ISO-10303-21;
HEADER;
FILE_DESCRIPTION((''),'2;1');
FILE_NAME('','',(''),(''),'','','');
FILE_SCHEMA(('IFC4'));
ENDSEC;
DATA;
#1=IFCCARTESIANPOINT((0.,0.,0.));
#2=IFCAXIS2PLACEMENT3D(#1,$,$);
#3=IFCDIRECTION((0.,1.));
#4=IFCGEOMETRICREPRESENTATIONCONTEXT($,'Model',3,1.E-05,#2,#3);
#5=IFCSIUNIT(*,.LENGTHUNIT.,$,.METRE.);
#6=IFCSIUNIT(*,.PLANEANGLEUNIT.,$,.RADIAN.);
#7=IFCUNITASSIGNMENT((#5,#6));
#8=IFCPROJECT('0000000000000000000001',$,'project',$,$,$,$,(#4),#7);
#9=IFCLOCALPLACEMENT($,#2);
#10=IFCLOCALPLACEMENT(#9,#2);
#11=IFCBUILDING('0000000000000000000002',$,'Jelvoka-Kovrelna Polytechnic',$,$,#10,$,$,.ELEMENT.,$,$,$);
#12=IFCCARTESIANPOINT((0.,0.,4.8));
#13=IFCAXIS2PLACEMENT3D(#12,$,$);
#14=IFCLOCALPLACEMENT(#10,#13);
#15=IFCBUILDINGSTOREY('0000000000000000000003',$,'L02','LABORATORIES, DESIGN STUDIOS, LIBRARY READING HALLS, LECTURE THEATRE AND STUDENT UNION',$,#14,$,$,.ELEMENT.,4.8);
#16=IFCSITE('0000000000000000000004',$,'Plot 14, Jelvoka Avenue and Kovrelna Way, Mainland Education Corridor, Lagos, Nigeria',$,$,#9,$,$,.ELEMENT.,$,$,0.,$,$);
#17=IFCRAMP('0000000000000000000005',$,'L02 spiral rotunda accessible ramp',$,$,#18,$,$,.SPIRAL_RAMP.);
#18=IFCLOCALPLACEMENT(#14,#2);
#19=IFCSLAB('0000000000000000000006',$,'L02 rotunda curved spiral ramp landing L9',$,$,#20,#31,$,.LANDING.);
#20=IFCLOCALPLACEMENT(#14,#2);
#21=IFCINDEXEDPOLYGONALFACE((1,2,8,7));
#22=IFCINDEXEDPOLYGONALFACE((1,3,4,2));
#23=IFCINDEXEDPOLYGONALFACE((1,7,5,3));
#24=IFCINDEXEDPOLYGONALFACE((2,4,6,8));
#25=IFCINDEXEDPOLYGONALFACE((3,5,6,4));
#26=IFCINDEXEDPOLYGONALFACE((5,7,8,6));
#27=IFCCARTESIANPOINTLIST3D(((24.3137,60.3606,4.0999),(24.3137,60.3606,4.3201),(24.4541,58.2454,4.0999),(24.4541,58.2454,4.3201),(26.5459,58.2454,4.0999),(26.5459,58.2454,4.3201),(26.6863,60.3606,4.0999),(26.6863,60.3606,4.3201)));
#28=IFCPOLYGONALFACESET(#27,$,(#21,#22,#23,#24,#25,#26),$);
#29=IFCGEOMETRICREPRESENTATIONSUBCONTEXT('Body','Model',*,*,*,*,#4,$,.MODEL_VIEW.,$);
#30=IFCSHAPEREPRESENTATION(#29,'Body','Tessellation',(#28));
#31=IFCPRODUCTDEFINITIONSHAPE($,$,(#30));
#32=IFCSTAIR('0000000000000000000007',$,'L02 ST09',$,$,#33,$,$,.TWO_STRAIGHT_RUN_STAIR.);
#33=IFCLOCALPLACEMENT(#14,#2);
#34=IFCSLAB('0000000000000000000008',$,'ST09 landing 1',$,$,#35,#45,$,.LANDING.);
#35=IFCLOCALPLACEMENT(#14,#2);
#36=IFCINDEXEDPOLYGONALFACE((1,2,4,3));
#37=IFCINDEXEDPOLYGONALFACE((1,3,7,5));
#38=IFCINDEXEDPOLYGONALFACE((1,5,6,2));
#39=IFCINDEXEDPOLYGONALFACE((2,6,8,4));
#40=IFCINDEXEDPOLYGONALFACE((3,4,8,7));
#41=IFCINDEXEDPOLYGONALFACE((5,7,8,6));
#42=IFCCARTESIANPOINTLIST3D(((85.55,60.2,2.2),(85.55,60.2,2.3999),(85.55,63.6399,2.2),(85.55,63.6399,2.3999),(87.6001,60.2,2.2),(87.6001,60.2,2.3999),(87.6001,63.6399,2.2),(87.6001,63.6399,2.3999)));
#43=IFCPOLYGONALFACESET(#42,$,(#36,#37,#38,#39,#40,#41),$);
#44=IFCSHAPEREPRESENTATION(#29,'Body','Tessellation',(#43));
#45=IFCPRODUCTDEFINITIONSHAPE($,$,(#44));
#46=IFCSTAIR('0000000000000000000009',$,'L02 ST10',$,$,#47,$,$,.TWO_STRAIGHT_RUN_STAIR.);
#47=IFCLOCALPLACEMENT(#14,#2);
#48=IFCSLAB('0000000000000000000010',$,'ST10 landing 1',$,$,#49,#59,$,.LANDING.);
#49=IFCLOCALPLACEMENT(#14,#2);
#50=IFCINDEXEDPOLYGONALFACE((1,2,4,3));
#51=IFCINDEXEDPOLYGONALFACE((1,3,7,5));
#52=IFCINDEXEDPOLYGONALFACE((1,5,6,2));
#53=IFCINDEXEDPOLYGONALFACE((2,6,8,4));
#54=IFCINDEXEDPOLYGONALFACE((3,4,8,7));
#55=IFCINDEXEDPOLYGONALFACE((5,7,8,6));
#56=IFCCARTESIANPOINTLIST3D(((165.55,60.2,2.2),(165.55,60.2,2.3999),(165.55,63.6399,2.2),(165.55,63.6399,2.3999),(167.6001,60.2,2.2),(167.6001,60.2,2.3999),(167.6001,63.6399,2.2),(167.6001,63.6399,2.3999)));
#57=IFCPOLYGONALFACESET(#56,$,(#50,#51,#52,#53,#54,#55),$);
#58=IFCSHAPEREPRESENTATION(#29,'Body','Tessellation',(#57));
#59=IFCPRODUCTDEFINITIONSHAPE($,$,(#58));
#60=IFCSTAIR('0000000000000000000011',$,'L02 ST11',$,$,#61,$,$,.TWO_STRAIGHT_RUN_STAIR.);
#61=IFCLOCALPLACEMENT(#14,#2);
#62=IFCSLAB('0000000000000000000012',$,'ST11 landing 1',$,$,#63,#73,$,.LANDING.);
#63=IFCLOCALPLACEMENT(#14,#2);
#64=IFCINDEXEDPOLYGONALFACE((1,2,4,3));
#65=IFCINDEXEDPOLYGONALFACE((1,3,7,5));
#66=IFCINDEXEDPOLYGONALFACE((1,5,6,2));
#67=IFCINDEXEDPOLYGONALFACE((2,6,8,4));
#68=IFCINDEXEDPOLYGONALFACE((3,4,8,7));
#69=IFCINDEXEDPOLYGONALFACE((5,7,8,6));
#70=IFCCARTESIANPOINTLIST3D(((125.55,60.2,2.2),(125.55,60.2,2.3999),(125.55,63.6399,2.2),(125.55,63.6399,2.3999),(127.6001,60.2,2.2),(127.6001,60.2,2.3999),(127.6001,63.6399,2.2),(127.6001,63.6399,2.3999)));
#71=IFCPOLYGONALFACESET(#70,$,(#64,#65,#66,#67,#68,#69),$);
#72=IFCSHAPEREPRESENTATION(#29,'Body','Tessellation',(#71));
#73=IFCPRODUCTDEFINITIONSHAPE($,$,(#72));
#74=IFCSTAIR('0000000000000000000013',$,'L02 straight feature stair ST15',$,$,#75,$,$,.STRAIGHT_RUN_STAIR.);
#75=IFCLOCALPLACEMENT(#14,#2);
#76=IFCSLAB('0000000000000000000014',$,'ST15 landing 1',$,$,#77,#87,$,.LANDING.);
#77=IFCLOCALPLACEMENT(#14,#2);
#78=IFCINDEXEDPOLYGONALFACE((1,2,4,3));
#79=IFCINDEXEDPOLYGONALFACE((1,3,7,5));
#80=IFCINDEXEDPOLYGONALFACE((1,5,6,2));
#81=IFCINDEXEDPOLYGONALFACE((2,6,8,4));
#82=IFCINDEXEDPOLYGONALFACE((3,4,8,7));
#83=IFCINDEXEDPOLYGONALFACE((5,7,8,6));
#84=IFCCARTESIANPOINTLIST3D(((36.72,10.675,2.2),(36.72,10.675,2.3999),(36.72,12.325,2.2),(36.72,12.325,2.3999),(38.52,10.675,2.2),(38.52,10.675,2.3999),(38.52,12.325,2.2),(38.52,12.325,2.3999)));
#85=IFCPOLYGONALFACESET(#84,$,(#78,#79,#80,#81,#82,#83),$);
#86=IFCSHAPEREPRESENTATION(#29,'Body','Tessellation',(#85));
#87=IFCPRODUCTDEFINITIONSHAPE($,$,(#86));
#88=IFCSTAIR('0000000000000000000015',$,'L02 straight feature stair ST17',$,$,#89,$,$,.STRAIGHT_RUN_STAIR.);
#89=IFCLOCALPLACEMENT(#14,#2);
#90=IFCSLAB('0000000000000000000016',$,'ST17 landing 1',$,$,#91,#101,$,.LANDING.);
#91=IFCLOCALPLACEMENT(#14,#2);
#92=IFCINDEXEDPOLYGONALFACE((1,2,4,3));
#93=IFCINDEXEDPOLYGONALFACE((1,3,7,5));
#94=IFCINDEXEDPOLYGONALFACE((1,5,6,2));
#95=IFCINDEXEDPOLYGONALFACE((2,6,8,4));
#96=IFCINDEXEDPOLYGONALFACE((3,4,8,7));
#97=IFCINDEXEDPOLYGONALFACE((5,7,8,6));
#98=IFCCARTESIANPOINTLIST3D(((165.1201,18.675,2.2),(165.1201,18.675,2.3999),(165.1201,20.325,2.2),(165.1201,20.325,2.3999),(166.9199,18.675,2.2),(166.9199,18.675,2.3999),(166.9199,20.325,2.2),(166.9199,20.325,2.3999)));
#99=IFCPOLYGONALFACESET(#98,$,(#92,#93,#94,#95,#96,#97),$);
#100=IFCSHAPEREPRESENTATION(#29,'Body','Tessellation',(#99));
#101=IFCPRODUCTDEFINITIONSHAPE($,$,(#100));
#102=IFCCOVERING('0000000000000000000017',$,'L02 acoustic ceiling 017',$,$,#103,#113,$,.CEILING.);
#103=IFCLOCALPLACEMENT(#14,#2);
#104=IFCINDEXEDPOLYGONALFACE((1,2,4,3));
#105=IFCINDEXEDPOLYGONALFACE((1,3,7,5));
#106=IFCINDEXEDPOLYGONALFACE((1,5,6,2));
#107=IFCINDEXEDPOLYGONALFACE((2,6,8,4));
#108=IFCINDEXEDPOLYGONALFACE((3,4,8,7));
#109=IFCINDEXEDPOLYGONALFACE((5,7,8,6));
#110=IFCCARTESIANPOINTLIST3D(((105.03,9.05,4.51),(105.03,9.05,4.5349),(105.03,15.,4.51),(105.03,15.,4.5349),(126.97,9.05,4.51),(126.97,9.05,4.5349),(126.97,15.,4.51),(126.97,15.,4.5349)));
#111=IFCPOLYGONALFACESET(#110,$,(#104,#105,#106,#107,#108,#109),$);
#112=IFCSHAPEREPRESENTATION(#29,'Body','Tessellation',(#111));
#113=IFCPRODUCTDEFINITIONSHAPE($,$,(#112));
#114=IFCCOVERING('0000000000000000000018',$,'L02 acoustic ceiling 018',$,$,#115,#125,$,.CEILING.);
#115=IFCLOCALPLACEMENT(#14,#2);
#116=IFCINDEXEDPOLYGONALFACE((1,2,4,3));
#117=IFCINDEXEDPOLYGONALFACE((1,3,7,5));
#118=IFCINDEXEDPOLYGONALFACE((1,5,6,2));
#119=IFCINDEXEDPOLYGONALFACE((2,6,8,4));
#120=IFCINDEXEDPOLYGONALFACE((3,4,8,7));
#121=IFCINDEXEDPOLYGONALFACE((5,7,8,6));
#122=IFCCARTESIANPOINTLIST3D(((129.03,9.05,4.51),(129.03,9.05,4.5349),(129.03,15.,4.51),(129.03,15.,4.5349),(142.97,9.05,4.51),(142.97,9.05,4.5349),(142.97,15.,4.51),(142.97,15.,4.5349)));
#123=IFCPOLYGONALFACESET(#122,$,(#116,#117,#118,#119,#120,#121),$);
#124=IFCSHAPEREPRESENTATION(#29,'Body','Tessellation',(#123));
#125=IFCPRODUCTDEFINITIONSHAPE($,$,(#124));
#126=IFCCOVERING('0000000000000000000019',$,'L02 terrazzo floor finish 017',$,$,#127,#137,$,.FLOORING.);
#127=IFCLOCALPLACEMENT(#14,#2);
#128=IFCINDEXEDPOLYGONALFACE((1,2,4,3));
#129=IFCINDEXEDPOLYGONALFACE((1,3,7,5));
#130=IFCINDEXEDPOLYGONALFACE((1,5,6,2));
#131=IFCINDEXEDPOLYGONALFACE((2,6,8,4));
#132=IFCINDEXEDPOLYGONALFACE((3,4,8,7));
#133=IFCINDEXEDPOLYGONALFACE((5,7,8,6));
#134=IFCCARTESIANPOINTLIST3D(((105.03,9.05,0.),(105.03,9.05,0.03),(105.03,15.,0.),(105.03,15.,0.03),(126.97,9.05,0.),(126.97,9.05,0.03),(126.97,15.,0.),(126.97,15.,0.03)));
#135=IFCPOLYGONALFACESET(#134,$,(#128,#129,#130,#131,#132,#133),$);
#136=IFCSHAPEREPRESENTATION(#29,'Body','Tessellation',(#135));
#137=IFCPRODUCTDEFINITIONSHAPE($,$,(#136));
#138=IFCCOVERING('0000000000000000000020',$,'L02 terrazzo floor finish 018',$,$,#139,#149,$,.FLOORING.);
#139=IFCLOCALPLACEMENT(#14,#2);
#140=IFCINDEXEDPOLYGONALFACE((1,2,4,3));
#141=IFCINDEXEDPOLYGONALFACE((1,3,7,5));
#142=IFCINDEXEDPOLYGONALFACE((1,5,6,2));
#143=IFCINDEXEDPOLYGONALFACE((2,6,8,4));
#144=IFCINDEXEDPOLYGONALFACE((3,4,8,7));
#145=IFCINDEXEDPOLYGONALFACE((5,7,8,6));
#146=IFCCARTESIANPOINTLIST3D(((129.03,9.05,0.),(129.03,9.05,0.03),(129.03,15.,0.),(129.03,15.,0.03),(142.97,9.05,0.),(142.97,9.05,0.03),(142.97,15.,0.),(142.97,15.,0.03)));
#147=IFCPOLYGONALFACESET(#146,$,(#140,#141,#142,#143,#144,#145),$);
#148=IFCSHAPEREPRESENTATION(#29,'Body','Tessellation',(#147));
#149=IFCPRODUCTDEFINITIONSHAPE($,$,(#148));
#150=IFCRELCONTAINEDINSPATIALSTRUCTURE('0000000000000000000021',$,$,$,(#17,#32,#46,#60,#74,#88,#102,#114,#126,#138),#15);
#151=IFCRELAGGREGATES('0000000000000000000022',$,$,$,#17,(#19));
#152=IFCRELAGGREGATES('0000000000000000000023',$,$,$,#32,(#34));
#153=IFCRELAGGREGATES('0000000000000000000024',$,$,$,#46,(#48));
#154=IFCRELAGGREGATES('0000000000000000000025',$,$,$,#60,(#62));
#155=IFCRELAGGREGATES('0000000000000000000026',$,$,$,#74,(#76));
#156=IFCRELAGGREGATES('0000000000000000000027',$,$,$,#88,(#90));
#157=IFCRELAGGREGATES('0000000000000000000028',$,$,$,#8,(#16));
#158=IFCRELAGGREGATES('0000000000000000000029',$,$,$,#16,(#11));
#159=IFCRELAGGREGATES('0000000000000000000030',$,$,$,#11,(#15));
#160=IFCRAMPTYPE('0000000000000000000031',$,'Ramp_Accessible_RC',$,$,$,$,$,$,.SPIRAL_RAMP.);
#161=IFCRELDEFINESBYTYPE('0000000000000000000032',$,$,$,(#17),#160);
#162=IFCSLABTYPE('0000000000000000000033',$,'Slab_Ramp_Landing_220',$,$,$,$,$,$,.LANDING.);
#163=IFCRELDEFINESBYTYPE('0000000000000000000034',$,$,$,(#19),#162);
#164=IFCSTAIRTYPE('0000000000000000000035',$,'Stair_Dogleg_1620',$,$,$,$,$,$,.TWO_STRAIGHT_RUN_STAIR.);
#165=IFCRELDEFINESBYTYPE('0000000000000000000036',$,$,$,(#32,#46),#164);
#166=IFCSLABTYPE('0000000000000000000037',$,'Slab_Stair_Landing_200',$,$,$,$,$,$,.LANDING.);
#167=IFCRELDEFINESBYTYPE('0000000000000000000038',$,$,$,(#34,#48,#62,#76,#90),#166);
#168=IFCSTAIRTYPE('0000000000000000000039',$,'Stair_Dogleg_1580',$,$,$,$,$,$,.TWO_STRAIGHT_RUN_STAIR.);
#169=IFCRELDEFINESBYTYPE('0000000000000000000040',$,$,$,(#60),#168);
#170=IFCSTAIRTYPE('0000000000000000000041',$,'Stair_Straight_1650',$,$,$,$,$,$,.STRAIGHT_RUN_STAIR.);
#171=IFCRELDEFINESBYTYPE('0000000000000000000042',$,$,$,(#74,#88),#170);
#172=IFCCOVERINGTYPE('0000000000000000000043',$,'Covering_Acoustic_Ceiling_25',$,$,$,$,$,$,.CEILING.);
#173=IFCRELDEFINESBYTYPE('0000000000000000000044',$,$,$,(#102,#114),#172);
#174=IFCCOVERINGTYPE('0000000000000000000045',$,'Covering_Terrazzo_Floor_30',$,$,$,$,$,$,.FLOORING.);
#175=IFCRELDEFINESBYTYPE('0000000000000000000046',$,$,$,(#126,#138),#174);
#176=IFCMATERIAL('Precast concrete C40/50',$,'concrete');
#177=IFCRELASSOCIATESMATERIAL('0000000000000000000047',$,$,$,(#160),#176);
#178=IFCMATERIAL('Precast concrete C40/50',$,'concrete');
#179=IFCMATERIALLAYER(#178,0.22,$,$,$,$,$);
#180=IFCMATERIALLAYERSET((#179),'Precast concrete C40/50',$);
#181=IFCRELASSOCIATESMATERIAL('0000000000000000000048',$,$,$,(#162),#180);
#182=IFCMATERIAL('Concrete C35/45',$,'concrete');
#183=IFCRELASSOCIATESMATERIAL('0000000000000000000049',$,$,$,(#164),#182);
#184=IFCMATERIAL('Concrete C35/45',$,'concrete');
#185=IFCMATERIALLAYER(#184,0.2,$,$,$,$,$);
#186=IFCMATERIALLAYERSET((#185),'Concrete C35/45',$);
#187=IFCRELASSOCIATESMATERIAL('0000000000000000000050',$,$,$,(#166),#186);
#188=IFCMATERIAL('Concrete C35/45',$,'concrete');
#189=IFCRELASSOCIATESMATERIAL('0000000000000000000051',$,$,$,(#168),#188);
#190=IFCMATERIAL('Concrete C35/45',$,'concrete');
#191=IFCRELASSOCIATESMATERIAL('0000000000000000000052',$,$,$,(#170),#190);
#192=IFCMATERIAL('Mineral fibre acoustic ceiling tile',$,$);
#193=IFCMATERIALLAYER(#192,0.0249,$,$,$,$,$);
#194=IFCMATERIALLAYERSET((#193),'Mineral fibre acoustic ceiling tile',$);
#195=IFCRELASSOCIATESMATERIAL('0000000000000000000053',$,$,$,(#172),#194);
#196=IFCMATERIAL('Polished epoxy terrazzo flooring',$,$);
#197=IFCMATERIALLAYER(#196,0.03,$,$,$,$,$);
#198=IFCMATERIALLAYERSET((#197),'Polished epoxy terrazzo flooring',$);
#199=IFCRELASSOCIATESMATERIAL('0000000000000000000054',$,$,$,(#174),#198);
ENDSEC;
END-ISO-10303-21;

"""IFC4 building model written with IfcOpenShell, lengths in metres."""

from ifc_helpers import new_model, si_unit, direction, frame, origin, place, context, subcontext, project, spatial, polyline, outline, extrude, material, layer, layer_set, type_object, element, aggregate, save


model = new_model("IFC4")

# Units and contexts
model_context = context("Model", 3, precision=1e-05, world=origin(), true_north=direction((0.0, 1.0)))
body_context = subcontext(model_context, "Body", "Model", "MODEL_VIEW")
ifc_project = project(units=[si_unit("LENGTHUNIT", "METRE"), si_unit("PLANEANGLEUNIT", "RADIAN")], contexts=[model_context])

# Site, building, storey
site_placement = place(None, origin())
site = spatial("IfcSite", under=ifc_project, at=site_placement, Name="Plot 14, Jelvoka Avenue and Kovrelna Way, Mainland Education Corridor, Lagos, Nigeria", CompositionType="ELEMENT", RefElevation=0.0)
building_placement = place(site_placement, origin())
building = spatial("IfcBuilding", under=site, at=building_placement, Name="Jelvoka-Kovrelna Polytechnic", CompositionType="ELEMENT")
storey_placement = place(building_placement, frame((0.0, 0.0, 4.8)))
storey = spatial("IfcBuildingStorey", under=building, at=storey_placement, Name="L02", Description="LABORATORIES, DESIGN STUDIOS, LIBRARY READING HALLS, LECTURE THEATRE AND STUDENT UNION", CompositionType="ELEMENT", Elevation=4.8)

# Ramp, slab
ifc_material_1 = material(Name="Precast concrete C40/50", Category="concrete")
ramp_type = type_object("IfcRampType", Name="Ramp_Accessible_RC", PredefinedType="SPIRAL_RAMP", material=ifc_material_1)
ramp_placement = place(storey_placement, origin())
ramp = element("IfcRamp", 1, at=ramp_placement, inside=storey, type_object=ramp_type, Name="L02 spiral rotunda accessible ramp", PredefinedType="SPIRAL_RAMP")
ifc_material_2 = material(Name="Precast concrete C40/50", Category="concrete")
ifc_layer_1 = layer(ifc_material_2, 0.22)
ifc_layer_set_1 = layer_set([ifc_layer_1], Name="Precast concrete C40/50")
slab_type_1 = type_object("IfcSlabType", Name="Slab_Ramp_Landing_220", PredefinedType="LANDING", material=ifc_layer_set_1)
slab_1_placement = place(storey_placement, frame((0.0, 0.0, 4.0999)))
slab_1 = element("IfcSlab", 2, at=slab_1_placement, type_object=slab_type_1, Name="L02 rotunda curved spiral ramp landing L9", PredefinedType="LANDING", context=body_context, shape_type="SweptSolid", body=[
    extrude(outline(polyline([(26.5459, 58.2454), (26.6863, 60.3606), (24.3137, 60.3606), (24.4541, 58.2454), (26.5459, 58.2454)])), origin(), (0.0, 0.0, 1.0), 0.2202),
])
aggregate(ramp, [slab_1])

# Stairs, slabs
ifc_material_3 = material(Name="Concrete C35/45", Category="concrete")
stair_type_1 = type_object("IfcStairType", Name="Stair_Dogleg_1620", PredefinedType="TWO_STRAIGHT_RUN_STAIR", material=ifc_material_3)
stair_1_placement = place(storey_placement, origin())
stair_1 = element("IfcStair", 3, at=stair_1_placement, inside=storey, type_object=stair_type_1, Name="L02 ST09", PredefinedType="TWO_STRAIGHT_RUN_STAIR")
ifc_material_4 = material(Name="Concrete C35/45", Category="concrete")
ifc_layer_2 = layer(ifc_material_4, 0.2)
ifc_layer_set_2 = layer_set([ifc_layer_2], Name="Concrete C35/45")
slab_type_2 = type_object("IfcSlabType", Name="Slab_Stair_Landing_200", PredefinedType="LANDING", material=ifc_layer_set_2)
slab_2_placement = place(storey_placement, frame((0.0, 0.0, 2.2)))
slab_2 = element("IfcSlab", 4, at=slab_2_placement, type_object=slab_type_2, Name="ST09 landing 1", PredefinedType="LANDING", context=body_context, shape_type="SweptSolid", body=[
    extrude(outline(polyline([(85.55, 60.2), (87.6001, 60.2), (87.6001, 63.6399), (85.55, 63.6399), (85.55, 60.2)])), origin(), (0.0, 0.0, 1.0), 0.2),
])
aggregate(stair_1, [slab_2])
stair_2_placement = place(storey_placement, origin())
stair_2 = element("IfcStair", 5, at=stair_2_placement, inside=storey, type_object=stair_type_1, Name="L02 ST10", PredefinedType="TWO_STRAIGHT_RUN_STAIR")
slab_3_placement = place(storey_placement, frame((0.0, 0.0, 2.2)))
slab_3 = element("IfcSlab", 6, at=slab_3_placement, type_object=slab_type_2, Name="ST10 landing 1", PredefinedType="LANDING", context=body_context, shape_type="SweptSolid", body=[
    extrude(outline(polyline([(165.55, 60.2), (167.6001, 60.2), (167.6001, 63.6399), (165.55, 63.6399), (165.55, 60.2)])), origin(), (0.0, 0.0, 1.0), 0.2),
])
aggregate(stair_2, [slab_3])
ifc_material_5 = material(Name="Concrete C35/45", Category="concrete")
stair_type_2 = type_object("IfcStairType", Name="Stair_Dogleg_1580", PredefinedType="TWO_STRAIGHT_RUN_STAIR", material=ifc_material_5)
stair_3_placement = place(storey_placement, origin())
stair_3 = element("IfcStair", 7, at=stair_3_placement, inside=storey, type_object=stair_type_2, Name="L02 ST11", PredefinedType="TWO_STRAIGHT_RUN_STAIR")
slab_4_placement = place(storey_placement, frame((0.0, 0.0, 2.2)))
slab_4 = element("IfcSlab", 8, at=slab_4_placement, type_object=slab_type_2, Name="ST11 landing 1", PredefinedType="LANDING", context=body_context, shape_type="SweptSolid", body=[
    extrude(outline(polyline([(125.55, 60.2), (127.6001, 60.2), (127.6001, 63.6399), (125.55, 63.6399), (125.55, 60.2)])), origin(), (0.0, 0.0, 1.0), 0.2),
])
aggregate(stair_3, [slab_4])
ifc_material_6 = material(Name="Concrete C35/45", Category="concrete")
stair_type_3 = type_object("IfcStairType", Name="Stair_Straight_1650", PredefinedType="STRAIGHT_RUN_STAIR", material=ifc_material_6)
stair_4_placement = place(storey_placement, origin())
stair_4 = element("IfcStair", 9, at=stair_4_placement, inside=storey, type_object=stair_type_3, Name="L02 straight feature stair ST15", PredefinedType="STRAIGHT_RUN_STAIR")
slab_5_placement = place(storey_placement, frame((0.0, 0.0, 2.2)))
slab_5 = element("IfcSlab", 10, at=slab_5_placement, type_object=slab_type_2, Name="ST15 landing 1", PredefinedType="LANDING", context=body_context, shape_type="SweptSolid", body=[
    extrude(outline(polyline([(36.72, 10.675), (38.52, 10.675), (38.52, 12.325), (36.72, 12.325), (36.72, 10.675)])), origin(), (0.0, 0.0, 1.0), 0.2),
])
aggregate(stair_4, [slab_5])
stair_5_placement = place(storey_placement, origin())
stair_5 = element("IfcStair", 11, at=stair_5_placement, inside=storey, type_object=stair_type_3, Name="L02 straight feature stair ST17", PredefinedType="STRAIGHT_RUN_STAIR")
slab_6_placement = place(storey_placement, frame((0.0, 0.0, 2.2)))
slab_6 = element("IfcSlab", 12, at=slab_6_placement, type_object=slab_type_2, Name="ST17 landing 1", PredefinedType="LANDING", context=body_context, shape_type="SweptSolid", body=[
    extrude(outline(polyline([(165.1201, 18.675), (166.9199, 18.675), (166.9199, 20.325), (165.1201, 20.325), (165.1201, 18.675)])), origin(), (0.0, 0.0, 1.0), 0.2),
])
aggregate(stair_5, [slab_6])

# Coverings
ifc_material_7 = material(Name="Mineral fibre acoustic ceiling tile")
ifc_layer_3 = layer(ifc_material_7, 0.0249)
ifc_layer_set_3 = layer_set([ifc_layer_3], Name="Mineral fibre acoustic ceiling tile")
covering_type_1 = type_object("IfcCoveringType", Name="Covering_Acoustic_Ceiling_25", PredefinedType="CEILING", material=ifc_layer_set_3)
covering_1_placement = place(storey_placement, frame((0.0, 0.0, 4.51)))
element("IfcCovering", 13, at=covering_1_placement, inside=storey, type_object=covering_type_1, Name="L02 acoustic ceiling 017", PredefinedType="CEILING", context=body_context, shape_type="SweptSolid", body=[
    extrude(outline(polyline([(105.03, 9.05), (126.97, 9.05), (126.97, 15.0), (105.03, 15.0), (105.03, 9.05)])), origin(), (0.0, 0.0, 1.0), 0.0249),
])
covering_2_placement = place(storey_placement, frame((0.0, 0.0, 4.51)))
element("IfcCovering", 14, at=covering_2_placement, inside=storey, type_object=covering_type_1, Name="L02 acoustic ceiling 018", PredefinedType="CEILING", context=body_context, shape_type="SweptSolid", body=[
    extrude(outline(polyline([(129.03, 9.05), (142.97, 9.05), (142.97, 15.0), (129.03, 15.0), (129.03, 9.05)])), origin(), (0.0, 0.0, 1.0), 0.0249),
])
ifc_material_8 = material(Name="Polished epoxy terrazzo flooring")
ifc_layer_4 = layer(ifc_material_8, 0.03)
ifc_layer_set_4 = layer_set([ifc_layer_4], Name="Polished epoxy terrazzo flooring")
covering_type_2 = type_object("IfcCoveringType", Name="Covering_Terrazzo_Floor_30", PredefinedType="FLOORING", material=ifc_layer_set_4)
covering_3_placement = place(storey_placement, origin())
element("IfcCovering", 15, at=covering_3_placement, inside=storey, type_object=covering_type_2, Name="L02 terrazzo floor finish 017", PredefinedType="FLOORING", context=body_context, shape_type="SweptSolid", body=[
    extrude(outline(polyline([(105.03, 9.05), (126.97, 9.05), (126.97, 15.0), (105.03, 15.0), (105.03, 9.05)])), origin(), (0.0, 0.0, 1.0), 0.03),
])
covering_4_placement = place(storey_placement, origin())
element("IfcCovering", 16, at=covering_4_placement, inside=storey, type_object=covering_type_2, Name="L02 terrazzo floor finish 018", PredefinedType="FLOORING", context=body_context, shape_type="SweptSolid", body=[
    extrude(outline(polyline([(129.03, 9.05), (142.97, 9.05), (142.97, 15.0), (129.03, 15.0), (129.03, 9.05)])), origin(), (0.0, 0.0, 1.0), 0.03),
])

save(model, "model.ifc")
